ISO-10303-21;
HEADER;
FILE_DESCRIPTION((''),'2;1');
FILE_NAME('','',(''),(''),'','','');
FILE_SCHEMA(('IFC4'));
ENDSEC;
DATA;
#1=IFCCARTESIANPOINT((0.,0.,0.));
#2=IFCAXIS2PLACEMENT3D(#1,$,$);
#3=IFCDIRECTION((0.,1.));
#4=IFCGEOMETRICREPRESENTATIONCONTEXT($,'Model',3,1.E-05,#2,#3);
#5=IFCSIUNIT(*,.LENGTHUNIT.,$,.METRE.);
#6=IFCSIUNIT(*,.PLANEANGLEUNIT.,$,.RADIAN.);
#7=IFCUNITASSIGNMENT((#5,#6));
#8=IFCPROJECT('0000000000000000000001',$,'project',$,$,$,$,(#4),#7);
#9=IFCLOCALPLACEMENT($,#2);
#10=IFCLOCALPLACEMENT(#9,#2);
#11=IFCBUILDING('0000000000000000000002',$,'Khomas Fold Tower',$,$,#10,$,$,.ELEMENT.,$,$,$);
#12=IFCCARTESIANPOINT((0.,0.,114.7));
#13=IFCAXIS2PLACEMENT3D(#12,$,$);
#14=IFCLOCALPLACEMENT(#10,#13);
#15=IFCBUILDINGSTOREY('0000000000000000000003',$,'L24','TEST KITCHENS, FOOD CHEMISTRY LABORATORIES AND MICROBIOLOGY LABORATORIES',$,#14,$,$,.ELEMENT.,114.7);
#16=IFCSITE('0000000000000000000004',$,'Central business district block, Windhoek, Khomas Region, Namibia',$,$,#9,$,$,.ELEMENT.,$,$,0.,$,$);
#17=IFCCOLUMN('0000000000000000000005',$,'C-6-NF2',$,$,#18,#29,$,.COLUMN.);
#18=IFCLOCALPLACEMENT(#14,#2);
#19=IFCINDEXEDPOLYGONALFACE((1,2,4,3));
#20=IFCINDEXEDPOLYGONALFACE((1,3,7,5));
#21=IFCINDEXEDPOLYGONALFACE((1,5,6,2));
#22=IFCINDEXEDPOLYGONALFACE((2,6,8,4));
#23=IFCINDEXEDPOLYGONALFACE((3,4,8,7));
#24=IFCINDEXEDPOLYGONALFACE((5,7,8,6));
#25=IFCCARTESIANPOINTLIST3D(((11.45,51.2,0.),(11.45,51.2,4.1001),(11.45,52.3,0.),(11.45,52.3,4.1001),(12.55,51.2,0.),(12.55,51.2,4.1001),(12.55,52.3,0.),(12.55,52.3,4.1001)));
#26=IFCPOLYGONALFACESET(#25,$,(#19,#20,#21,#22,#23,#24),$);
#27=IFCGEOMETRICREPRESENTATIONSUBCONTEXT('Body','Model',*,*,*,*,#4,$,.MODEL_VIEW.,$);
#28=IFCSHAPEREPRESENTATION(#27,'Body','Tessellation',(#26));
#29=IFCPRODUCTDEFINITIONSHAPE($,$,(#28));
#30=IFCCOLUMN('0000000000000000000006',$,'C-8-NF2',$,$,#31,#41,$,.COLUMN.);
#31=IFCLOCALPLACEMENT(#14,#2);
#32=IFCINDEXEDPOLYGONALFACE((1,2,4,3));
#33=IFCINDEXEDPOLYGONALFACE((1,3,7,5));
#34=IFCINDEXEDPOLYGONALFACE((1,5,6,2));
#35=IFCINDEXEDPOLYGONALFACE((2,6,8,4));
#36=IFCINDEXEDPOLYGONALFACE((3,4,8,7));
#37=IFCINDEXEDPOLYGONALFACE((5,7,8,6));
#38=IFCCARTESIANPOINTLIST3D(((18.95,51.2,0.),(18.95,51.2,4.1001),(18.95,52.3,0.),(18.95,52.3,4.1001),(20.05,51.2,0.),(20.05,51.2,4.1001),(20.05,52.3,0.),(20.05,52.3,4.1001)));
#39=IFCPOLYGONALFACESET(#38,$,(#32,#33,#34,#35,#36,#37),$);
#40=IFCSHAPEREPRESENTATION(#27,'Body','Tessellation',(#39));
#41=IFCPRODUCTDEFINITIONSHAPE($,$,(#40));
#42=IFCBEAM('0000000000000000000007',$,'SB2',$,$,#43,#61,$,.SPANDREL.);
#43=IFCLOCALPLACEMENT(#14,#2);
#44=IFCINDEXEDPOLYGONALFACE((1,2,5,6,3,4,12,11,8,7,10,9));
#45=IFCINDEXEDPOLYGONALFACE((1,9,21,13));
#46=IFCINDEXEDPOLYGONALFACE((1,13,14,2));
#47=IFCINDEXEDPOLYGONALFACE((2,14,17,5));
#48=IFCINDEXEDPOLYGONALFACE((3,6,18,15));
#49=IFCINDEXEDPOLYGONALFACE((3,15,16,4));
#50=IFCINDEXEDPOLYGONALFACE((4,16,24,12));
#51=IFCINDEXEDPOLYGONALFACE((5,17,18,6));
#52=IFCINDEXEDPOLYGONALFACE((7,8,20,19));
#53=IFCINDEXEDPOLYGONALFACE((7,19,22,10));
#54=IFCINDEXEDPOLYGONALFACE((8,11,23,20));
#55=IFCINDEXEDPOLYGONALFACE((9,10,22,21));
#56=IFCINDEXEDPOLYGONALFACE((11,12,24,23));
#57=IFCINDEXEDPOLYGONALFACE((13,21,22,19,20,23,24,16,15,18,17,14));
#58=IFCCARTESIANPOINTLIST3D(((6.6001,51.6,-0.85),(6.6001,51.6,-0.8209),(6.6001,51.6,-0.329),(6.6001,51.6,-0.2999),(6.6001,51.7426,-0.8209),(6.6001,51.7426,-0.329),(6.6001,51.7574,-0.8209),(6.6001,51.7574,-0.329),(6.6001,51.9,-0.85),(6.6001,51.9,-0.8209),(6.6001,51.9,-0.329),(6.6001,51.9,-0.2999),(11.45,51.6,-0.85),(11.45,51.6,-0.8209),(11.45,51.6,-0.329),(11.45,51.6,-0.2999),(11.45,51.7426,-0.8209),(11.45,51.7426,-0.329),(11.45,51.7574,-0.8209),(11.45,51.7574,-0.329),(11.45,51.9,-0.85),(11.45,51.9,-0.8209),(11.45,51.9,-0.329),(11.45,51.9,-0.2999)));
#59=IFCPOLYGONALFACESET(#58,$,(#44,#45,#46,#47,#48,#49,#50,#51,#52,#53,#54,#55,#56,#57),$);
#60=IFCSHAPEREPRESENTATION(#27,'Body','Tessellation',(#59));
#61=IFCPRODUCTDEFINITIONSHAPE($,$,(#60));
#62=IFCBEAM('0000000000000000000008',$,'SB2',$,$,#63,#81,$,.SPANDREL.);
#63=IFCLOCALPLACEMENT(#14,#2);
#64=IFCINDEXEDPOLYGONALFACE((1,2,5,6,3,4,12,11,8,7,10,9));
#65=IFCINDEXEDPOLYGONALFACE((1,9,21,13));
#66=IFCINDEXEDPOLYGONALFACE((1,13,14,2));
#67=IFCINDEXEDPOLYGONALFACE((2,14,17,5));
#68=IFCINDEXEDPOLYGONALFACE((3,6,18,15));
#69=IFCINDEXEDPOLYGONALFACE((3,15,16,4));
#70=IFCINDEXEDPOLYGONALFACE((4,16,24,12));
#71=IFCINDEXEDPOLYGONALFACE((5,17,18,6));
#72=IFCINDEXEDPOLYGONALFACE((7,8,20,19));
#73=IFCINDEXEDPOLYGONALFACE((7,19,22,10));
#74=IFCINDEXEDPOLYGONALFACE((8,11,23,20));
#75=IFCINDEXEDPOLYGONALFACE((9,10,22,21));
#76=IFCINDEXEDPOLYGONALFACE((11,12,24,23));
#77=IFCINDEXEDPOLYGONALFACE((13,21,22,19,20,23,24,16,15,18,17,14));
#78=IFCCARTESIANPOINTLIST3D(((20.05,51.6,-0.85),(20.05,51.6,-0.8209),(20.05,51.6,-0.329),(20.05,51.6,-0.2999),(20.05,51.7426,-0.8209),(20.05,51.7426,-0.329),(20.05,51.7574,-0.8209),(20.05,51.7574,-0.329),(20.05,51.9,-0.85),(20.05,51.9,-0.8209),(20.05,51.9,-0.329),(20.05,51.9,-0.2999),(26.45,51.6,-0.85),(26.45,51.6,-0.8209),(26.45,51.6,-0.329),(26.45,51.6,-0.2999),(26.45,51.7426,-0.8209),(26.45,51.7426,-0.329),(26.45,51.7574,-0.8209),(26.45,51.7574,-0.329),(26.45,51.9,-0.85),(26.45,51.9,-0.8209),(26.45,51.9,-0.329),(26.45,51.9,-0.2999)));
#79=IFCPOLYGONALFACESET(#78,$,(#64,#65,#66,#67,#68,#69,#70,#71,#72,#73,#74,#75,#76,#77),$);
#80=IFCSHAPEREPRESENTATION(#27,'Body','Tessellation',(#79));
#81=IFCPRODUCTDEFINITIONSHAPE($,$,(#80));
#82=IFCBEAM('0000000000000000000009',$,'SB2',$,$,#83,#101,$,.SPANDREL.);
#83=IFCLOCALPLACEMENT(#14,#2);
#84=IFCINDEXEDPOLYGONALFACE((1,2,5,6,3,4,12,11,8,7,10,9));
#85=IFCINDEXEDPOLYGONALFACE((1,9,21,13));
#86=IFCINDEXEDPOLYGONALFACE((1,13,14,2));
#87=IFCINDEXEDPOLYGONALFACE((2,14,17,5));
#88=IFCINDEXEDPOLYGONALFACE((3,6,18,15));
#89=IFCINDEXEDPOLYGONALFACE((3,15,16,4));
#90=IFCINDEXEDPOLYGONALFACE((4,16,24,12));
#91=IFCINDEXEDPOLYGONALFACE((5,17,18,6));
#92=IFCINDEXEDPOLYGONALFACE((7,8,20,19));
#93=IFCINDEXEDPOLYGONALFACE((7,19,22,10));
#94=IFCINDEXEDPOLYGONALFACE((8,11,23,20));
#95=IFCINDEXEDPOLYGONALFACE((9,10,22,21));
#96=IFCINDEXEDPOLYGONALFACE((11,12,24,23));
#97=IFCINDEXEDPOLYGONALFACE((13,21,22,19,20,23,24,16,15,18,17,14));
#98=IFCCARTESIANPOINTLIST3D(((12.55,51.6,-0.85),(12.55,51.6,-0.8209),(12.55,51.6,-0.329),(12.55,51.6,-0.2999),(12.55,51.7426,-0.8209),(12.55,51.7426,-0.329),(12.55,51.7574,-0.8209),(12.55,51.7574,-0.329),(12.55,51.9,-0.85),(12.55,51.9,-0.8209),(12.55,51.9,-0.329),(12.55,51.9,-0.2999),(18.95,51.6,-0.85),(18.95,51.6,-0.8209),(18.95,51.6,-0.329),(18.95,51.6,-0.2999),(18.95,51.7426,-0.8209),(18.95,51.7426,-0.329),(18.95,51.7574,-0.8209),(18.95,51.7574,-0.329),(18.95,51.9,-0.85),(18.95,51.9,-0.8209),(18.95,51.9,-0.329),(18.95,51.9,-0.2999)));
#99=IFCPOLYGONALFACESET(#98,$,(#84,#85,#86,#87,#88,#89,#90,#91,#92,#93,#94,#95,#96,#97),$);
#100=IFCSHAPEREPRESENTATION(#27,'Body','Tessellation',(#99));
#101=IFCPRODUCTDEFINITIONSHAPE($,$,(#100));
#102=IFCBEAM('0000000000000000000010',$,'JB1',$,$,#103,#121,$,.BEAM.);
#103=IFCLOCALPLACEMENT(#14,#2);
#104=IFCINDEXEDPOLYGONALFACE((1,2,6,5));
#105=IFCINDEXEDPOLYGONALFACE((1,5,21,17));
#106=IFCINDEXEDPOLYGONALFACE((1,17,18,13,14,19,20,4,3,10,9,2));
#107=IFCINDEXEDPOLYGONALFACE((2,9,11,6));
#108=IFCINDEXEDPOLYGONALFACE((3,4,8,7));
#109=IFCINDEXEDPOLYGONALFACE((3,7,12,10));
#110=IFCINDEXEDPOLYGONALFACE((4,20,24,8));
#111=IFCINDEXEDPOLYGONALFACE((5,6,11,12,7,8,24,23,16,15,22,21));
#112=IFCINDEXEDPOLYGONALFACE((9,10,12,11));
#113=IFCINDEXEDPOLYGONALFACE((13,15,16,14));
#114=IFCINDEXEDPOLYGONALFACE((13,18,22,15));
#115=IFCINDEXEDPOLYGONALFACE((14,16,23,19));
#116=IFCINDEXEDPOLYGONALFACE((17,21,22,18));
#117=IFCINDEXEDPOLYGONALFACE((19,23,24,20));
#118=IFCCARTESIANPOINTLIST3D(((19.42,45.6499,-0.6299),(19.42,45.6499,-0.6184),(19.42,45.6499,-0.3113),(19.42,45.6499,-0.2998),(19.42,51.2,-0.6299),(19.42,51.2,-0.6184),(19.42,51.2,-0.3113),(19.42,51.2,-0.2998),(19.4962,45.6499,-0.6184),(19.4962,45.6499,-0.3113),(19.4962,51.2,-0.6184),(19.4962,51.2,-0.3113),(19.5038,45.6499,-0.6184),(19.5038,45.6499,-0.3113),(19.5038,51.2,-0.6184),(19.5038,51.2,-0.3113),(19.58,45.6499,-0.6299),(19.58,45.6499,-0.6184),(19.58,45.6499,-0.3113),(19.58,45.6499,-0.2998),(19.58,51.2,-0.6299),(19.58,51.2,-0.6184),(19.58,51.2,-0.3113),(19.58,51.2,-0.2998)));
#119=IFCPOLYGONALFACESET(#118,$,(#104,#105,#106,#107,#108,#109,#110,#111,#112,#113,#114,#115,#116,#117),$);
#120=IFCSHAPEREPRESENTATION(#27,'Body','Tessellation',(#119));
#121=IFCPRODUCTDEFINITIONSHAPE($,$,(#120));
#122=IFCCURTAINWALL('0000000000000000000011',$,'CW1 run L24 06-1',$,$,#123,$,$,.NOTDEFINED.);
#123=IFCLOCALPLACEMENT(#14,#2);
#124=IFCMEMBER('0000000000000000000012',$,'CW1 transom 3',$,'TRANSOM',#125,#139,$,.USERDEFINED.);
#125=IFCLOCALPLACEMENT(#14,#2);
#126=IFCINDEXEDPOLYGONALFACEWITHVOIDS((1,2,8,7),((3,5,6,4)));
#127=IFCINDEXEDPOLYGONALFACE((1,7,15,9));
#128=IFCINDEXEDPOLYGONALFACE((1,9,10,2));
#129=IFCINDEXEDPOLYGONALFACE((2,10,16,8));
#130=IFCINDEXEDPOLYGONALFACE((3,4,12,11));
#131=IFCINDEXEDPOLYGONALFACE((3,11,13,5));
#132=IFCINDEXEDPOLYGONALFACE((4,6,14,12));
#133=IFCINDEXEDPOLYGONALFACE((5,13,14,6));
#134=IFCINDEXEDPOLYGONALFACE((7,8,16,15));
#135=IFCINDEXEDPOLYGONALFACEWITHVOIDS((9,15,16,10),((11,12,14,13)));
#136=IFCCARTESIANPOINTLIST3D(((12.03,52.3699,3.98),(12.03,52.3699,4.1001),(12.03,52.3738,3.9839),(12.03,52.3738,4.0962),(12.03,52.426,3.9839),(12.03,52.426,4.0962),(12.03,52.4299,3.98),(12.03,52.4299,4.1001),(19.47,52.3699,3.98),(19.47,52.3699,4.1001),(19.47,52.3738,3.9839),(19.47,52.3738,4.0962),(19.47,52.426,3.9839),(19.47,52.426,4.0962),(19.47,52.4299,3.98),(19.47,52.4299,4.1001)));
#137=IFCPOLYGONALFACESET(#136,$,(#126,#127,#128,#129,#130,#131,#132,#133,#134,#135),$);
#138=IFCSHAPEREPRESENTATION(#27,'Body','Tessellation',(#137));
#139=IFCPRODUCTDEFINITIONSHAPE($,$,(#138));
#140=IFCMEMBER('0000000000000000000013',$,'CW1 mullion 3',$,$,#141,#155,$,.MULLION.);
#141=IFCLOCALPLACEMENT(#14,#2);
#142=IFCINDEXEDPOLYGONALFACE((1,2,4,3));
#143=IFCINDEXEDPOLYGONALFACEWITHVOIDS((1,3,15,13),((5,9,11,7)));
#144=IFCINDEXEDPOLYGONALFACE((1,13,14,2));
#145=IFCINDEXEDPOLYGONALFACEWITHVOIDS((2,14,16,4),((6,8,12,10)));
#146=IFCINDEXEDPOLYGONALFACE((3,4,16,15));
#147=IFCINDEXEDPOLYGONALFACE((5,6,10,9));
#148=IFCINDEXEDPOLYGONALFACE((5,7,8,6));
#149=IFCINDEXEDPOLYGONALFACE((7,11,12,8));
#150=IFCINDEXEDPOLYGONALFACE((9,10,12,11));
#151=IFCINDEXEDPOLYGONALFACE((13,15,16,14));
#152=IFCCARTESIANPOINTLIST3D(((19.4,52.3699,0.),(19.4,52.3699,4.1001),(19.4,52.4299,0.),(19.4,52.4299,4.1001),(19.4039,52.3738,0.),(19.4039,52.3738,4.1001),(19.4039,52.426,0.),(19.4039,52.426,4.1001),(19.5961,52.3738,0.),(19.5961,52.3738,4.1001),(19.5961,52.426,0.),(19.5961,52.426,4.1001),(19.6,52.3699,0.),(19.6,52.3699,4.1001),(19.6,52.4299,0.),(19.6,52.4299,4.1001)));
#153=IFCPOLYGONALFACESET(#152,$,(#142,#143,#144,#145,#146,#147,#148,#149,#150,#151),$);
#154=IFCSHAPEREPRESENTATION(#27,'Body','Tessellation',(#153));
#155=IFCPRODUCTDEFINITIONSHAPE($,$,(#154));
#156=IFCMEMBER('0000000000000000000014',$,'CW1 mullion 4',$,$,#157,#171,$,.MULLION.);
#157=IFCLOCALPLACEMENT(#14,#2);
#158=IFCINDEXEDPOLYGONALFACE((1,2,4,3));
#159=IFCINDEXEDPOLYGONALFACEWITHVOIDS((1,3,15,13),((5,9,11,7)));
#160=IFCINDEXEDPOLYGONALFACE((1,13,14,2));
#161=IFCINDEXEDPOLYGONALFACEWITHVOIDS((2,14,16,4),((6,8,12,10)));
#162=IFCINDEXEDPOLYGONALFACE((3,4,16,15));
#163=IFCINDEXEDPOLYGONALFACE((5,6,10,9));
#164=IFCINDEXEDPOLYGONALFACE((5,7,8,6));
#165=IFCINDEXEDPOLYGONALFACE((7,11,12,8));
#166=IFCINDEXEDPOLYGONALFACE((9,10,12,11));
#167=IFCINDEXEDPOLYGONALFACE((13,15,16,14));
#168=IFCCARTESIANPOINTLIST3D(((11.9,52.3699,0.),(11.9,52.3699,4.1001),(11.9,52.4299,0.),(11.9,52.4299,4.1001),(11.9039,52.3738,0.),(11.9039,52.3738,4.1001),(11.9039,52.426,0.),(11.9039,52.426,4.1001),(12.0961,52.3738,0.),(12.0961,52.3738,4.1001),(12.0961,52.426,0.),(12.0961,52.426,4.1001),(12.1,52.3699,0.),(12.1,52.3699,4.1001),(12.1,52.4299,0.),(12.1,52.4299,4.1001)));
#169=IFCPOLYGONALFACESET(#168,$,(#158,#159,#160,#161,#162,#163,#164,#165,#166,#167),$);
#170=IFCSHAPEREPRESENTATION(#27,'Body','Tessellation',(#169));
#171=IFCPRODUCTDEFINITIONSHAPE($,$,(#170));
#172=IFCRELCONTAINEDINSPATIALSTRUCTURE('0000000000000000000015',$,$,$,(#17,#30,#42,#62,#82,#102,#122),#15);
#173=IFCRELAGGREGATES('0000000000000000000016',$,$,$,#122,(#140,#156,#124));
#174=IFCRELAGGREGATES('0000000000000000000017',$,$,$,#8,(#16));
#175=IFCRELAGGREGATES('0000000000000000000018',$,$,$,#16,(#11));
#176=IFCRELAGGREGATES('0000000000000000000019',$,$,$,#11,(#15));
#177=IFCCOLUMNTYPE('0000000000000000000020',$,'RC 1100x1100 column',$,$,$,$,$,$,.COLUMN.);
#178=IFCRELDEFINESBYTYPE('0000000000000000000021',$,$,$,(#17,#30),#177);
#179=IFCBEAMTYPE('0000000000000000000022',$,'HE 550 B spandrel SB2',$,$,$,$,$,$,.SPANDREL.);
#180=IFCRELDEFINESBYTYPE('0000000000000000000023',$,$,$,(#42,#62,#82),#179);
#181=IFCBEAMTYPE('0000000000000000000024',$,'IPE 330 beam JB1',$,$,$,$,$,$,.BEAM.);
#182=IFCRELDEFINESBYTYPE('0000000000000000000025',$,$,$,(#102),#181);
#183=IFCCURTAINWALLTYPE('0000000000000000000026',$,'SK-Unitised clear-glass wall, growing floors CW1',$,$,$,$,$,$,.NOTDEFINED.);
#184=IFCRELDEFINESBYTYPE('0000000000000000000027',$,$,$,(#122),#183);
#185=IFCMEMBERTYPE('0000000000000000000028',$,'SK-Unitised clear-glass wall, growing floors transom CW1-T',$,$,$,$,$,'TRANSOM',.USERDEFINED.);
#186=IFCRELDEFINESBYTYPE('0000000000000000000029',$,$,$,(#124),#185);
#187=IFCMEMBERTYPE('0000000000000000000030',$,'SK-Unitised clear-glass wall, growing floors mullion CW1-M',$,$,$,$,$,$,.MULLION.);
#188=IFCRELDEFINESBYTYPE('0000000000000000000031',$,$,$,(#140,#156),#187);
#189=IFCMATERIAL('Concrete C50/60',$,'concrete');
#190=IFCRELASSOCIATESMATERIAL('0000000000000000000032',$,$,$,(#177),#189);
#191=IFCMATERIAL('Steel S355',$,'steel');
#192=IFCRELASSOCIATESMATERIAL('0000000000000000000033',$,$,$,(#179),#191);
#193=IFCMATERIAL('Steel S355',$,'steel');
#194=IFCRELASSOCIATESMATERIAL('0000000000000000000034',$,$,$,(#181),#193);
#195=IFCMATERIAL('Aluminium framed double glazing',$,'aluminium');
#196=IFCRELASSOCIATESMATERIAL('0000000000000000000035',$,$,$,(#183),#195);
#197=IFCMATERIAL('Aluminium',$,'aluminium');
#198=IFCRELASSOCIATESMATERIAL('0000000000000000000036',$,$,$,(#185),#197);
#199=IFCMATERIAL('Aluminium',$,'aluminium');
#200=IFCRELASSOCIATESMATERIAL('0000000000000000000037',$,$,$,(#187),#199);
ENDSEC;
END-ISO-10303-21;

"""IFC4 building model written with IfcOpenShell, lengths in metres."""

from ifc_helpers import new_model, si_unit, direction, frame, origin, origin_2d, place, context, subcontext, project, spatial, rectangle, hollow_rectangle, i_section, extrude, source, transform, mapped, material, material_profile, profile_set, type_object, element, aggregate, save


model = new_model("IFC4")

# Units and contexts
model_context = context("Model", 3, precision=1e-05, world=origin(), true_north=direction((0.0, 1.0)))
body_context = subcontext(model_context, "Body", "Model", "MODEL_VIEW")
ifc_project = project(units=[si_unit("LENGTHUNIT", "METRE"), si_unit("PLANEANGLEUNIT", "RADIAN")], contexts=[model_context])

# Site, building, storey
site_placement = place(None, origin())
site = spatial("IfcSite", under=ifc_project, at=site_placement, Name="Central business district block, Windhoek, Khomas Region, Namibia", CompositionType="ELEMENT", RefElevation=0.0)
building_placement = place(site_placement, origin())
building = spatial("IfcBuilding", under=site, at=building_placement, Name="Khomas Fold Tower", CompositionType="ELEMENT")
storey_placement = place(building_placement, frame((0.0, 0.0, 114.7)))
storey = spatial("IfcBuildingStorey", under=building, at=storey_placement, Name="L24", Description="TEST KITCHENS, FOOD CHEMISTRY LABORATORIES AND MICROBIOLOGY LABORATORIES", CompositionType="ELEMENT", Elevation=114.7)

# Columns
ifc_material_1 = material(Name="Concrete C50/60", Category="concrete")
ifc_material_profile_1 = material_profile(ifc_material_1, rectangle(XDim=1.1001, YDim=1.1001, at=origin_2d()), Name="RC 1100x1100")
ifc_profile_set_1 = profile_set([ifc_material_profile_1], Name="Concrete C50/60")
column_type = type_object("IfcColumnType", Name="RC 1100x1100 column", PredefinedType="COLUMN", material=ifc_profile_set_1)
shared_shape_1 = source(origin(), body_context, "Body", "SweptSolid", [
    extrude(rectangle(XDim=1.1001, YDim=1.1001, at=origin_2d()), origin(), (0.0, 0.0, 1.0), 4.1001),
])
for number, where, z_axis, x_axis, name in (
    (1, (12.0, 51.75, 0.0), (0.0, 0.0, 1.0), (1.0, 0.0, 0.0), "C-6-NF2"),
    (2, (19.5, 51.75, 0.0), (0.0, 0.0, 1.0), (1.0, 0.0, 0.0), "C-8-NF2"),
):
    element("IfcColumn", number, at=place(storey_placement, frame(where, z_axis=z_axis, x_axis=x_axis)), inside=storey, type_object=column_type, Name=name, PredefinedType="COLUMN", context=body_context, shape_type="MappedRepresentation", body=[
        mapped(shared_shape_1, transform((0.0, 0.0, 0.0))),
    ])

# Beams
ifc_material_2 = material(Name="Steel S355", Category="steel")
ifc_material_profile_2 = material_profile(ifc_material_2, i_section(OverallWidth=0.3, OverallDepth=0.55, WebThickness=0.0149, FlangeThickness=0.0291, at=origin_2d()), Name="HE 550 B")
ifc_profile_set_2 = profile_set([ifc_material_profile_2], Name="Steel S355")
beam_type_1 = type_object("IfcBeamType", Name="HE 550 B spandrel SB2", PredefinedType="SPANDREL", material=ifc_profile_set_2)
shared_shape_2 = source(origin(), body_context, "Body", "SweptSolid", [
    extrude(i_section(OverallWidth=0.3, OverallDepth=0.55, WebThickness=0.0149, FlangeThickness=0.0291, at=origin_2d()), origin(), (0.0, 0.0, 1.0), 4.8499),
])
beam_1_placement = place(storey_placement, frame((6.6001, 51.75, -0.575), z_axis=(1.0, 0.0, 0.0), x_axis=(0.0, 1.0, 0.0)))
element("IfcBeam", 3, at=beam_1_placement, inside=storey, type_object=beam_type_1, Name="SB2", PredefinedType="SPANDREL", context=body_context, shape_type="MappedRepresentation", body=[
    mapped(shared_shape_2, transform((0.0, 0.0, 0.0))),
])
shared_shape_3 = source(origin(), body_context, "Body", "SweptSolid", [
    extrude(i_section(OverallWidth=0.3, OverallDepth=0.55, WebThickness=0.0149, FlangeThickness=0.0291, at=origin_2d()), origin(), (0.0, 0.0, 1.0), 6.3999),
])
for number, where, z_axis, x_axis, name in (
    (4, (20.05, 51.75, -0.575), (1.0, 0.0, 0.0), (0.0, 1.0, 0.0), "SB2"),
    (5, (12.55, 51.75, -0.575), (1.0, 0.0, 0.0), (0.0, 1.0, 0.0), "SB2"),
):
    element("IfcBeam", number, at=place(storey_placement, frame(where, z_axis=z_axis, x_axis=x_axis)), inside=storey, type_object=beam_type_1, Name=name, PredefinedType="SPANDREL", context=body_context, shape_type="MappedRepresentation", body=[
        mapped(shared_shape_3, transform((0.0, 0.0, 0.0))),
    ])
ifc_material_3 = material(Name="Steel S355", Category="steel")
ifc_material_profile_3 = material_profile(ifc_material_3, i_section(OverallWidth=0.1599, OverallDepth=0.3301, WebThickness=0.0076, FlangeThickness=0.0115, at=origin_2d()), Name="IPE 330")
ifc_profile_set_3 = profile_set([ifc_material_profile_3], Name="Steel S355")
beam_type_2 = type_object("IfcBeamType", Name="IPE 330 beam JB1", PredefinedType="BEAM", material=ifc_profile_set_3)
shared_shape_4 = source(origin(), body_context, "Body", "SweptSolid", [
    extrude(i_section(OverallWidth=0.1599, OverallDepth=0.3301, WebThickness=0.0076, FlangeThickness=0.0115, at=origin_2d()), origin(), (0.0, 0.0, 1.0), 5.55),
])
beam_2_placement = place(storey_placement, frame((19.5, 45.6499, -0.4648), z_axis=(0.0, 1.0, 0.0), x_axis=(-1.0, 0.0, 0.0)))
element("IfcBeam", 6, at=beam_2_placement, inside=storey, type_object=beam_type_2, Name="JB1", PredefinedType="BEAM", context=body_context, shape_type="MappedRepresentation", body=[
    mapped(shared_shape_4, transform((0.0, 0.0, 0.0))),
])

# Curtain wall, members
ifc_material_4 = material(Name="Aluminium framed double glazing", Category="aluminium")
curtain_wall_type = type_object("IfcCurtainWallType", Name="SK-Unitised clear-glass wall, growing floors CW1", PredefinedType="NOTDEFINED", material=ifc_material_4)
curtain_wall_placement = place(storey_placement, origin())
curtain_wall = element("IfcCurtainWall", 7, at=curtain_wall_placement, inside=storey, type_object=curtain_wall_type, Name="CW1 run L24 06-1", PredefinedType="NOTDEFINED")
ifc_material_5 = material(Name="Aluminium", Category="aluminium")
ifc_material_profile_4 = material_profile(ifc_material_5, hollow_rectangle(XDim=0.0601, YDim=0.1201, WallThickness=0.0039, at=origin_2d()), Name="SK-Unitised clear-glass wall, growing floors transom CW1-T")
ifc_profile_set_4 = profile_set([ifc_material_profile_4], Name="Aluminium")
member_type_1 = type_object("IfcMemberType", Name="SK-Unitised clear-glass wall, growing floors transom CW1-T", ElementType="TRANSOM", PredefinedType="USERDEFINED", material=ifc_profile_set_4)
shared_shape_5 = source(origin(), body_context, "Body", "SweptSolid", [
    extrude(hollow_rectangle(XDim=0.0601, YDim=0.1201, WallThickness=0.0039, at=origin_2d()), origin(), (0.0, 0.0, 1.0), 7.4399),
])
member_1_placement = place(storey_placement, frame((19.47, 52.3999, 4.04), z_axis=(-1.0, 0.0, 0.0), x_axis=(0.0, -1.0, 0.0)))
member_1 = element("IfcMember", 8, at=member_1_placement, type_object=member_type_1, Name="CW1 transom 3", ObjectType="TRANSOM", PredefinedType="USERDEFINED", context=body_context, shape_type="MappedRepresentation", body=[
    mapped(shared_shape_5, transform((0.0, 0.0, 0.0))),
])
ifc_material_6 = material(Name="Aluminium", Category="aluminium")
ifc_material_profile_5 = material_profile(ifc_material_6, hollow_rectangle(XDim=0.0601, YDim=0.2, WallThickness=0.0039, at=origin_2d()), Name="SK-Unitised clear-glass wall, growing floors mullion CW1-M")
ifc_profile_set_5 = profile_set([ifc_material_profile_5], Name="Aluminium")
member_type_2 = type_object("IfcMemberType", Name="SK-Unitised clear-glass wall, growing floors mullion CW1-M", PredefinedType="MULLION", material=ifc_profile_set_5)
shared_shape_6 = source(origin(), body_context, "Body", "SweptSolid", [
    extrude(hollow_rectangle(XDim=0.0601, YDim=0.2, WallThickness=0.0039, at=origin_2d()), origin(), (0.0, 0.0, 1.0), 4.1001),
])
member_2_placement = place(storey_placement, frame((19.5, 52.3999, 0.0), z_axis=(0.0, 0.0, 1.0), x_axis=(0.0, -1.0, 0.0)))
member_2 = element("IfcMember", 9, at=member_2_placement, type_object=member_type_2, Name="CW1 mullion 3", PredefinedType="MULLION", context=body_context, shape_type="MappedRepresentation", body=[
    mapped(shared_shape_6, transform((0.0, 0.0, 0.0))),
])
member_3_placement = place(storey_placement, frame((12.0, 52.3999, 0.0), z_axis=(0.0, 0.0, 1.0), x_axis=(0.0, -1.0, 0.0)))
member_3 = element("IfcMember", 10, at=member_3_placement, type_object=member_type_2, Name="CW1 mullion 4", PredefinedType="MULLION", context=body_context, shape_type="MappedRepresentation", body=[
    mapped(shared_shape_6, transform((0.0, 0.0, 0.0))),
])

aggregate(curtain_wall, [member_2, member_3, member_1])

save(model, "model.ifc")
